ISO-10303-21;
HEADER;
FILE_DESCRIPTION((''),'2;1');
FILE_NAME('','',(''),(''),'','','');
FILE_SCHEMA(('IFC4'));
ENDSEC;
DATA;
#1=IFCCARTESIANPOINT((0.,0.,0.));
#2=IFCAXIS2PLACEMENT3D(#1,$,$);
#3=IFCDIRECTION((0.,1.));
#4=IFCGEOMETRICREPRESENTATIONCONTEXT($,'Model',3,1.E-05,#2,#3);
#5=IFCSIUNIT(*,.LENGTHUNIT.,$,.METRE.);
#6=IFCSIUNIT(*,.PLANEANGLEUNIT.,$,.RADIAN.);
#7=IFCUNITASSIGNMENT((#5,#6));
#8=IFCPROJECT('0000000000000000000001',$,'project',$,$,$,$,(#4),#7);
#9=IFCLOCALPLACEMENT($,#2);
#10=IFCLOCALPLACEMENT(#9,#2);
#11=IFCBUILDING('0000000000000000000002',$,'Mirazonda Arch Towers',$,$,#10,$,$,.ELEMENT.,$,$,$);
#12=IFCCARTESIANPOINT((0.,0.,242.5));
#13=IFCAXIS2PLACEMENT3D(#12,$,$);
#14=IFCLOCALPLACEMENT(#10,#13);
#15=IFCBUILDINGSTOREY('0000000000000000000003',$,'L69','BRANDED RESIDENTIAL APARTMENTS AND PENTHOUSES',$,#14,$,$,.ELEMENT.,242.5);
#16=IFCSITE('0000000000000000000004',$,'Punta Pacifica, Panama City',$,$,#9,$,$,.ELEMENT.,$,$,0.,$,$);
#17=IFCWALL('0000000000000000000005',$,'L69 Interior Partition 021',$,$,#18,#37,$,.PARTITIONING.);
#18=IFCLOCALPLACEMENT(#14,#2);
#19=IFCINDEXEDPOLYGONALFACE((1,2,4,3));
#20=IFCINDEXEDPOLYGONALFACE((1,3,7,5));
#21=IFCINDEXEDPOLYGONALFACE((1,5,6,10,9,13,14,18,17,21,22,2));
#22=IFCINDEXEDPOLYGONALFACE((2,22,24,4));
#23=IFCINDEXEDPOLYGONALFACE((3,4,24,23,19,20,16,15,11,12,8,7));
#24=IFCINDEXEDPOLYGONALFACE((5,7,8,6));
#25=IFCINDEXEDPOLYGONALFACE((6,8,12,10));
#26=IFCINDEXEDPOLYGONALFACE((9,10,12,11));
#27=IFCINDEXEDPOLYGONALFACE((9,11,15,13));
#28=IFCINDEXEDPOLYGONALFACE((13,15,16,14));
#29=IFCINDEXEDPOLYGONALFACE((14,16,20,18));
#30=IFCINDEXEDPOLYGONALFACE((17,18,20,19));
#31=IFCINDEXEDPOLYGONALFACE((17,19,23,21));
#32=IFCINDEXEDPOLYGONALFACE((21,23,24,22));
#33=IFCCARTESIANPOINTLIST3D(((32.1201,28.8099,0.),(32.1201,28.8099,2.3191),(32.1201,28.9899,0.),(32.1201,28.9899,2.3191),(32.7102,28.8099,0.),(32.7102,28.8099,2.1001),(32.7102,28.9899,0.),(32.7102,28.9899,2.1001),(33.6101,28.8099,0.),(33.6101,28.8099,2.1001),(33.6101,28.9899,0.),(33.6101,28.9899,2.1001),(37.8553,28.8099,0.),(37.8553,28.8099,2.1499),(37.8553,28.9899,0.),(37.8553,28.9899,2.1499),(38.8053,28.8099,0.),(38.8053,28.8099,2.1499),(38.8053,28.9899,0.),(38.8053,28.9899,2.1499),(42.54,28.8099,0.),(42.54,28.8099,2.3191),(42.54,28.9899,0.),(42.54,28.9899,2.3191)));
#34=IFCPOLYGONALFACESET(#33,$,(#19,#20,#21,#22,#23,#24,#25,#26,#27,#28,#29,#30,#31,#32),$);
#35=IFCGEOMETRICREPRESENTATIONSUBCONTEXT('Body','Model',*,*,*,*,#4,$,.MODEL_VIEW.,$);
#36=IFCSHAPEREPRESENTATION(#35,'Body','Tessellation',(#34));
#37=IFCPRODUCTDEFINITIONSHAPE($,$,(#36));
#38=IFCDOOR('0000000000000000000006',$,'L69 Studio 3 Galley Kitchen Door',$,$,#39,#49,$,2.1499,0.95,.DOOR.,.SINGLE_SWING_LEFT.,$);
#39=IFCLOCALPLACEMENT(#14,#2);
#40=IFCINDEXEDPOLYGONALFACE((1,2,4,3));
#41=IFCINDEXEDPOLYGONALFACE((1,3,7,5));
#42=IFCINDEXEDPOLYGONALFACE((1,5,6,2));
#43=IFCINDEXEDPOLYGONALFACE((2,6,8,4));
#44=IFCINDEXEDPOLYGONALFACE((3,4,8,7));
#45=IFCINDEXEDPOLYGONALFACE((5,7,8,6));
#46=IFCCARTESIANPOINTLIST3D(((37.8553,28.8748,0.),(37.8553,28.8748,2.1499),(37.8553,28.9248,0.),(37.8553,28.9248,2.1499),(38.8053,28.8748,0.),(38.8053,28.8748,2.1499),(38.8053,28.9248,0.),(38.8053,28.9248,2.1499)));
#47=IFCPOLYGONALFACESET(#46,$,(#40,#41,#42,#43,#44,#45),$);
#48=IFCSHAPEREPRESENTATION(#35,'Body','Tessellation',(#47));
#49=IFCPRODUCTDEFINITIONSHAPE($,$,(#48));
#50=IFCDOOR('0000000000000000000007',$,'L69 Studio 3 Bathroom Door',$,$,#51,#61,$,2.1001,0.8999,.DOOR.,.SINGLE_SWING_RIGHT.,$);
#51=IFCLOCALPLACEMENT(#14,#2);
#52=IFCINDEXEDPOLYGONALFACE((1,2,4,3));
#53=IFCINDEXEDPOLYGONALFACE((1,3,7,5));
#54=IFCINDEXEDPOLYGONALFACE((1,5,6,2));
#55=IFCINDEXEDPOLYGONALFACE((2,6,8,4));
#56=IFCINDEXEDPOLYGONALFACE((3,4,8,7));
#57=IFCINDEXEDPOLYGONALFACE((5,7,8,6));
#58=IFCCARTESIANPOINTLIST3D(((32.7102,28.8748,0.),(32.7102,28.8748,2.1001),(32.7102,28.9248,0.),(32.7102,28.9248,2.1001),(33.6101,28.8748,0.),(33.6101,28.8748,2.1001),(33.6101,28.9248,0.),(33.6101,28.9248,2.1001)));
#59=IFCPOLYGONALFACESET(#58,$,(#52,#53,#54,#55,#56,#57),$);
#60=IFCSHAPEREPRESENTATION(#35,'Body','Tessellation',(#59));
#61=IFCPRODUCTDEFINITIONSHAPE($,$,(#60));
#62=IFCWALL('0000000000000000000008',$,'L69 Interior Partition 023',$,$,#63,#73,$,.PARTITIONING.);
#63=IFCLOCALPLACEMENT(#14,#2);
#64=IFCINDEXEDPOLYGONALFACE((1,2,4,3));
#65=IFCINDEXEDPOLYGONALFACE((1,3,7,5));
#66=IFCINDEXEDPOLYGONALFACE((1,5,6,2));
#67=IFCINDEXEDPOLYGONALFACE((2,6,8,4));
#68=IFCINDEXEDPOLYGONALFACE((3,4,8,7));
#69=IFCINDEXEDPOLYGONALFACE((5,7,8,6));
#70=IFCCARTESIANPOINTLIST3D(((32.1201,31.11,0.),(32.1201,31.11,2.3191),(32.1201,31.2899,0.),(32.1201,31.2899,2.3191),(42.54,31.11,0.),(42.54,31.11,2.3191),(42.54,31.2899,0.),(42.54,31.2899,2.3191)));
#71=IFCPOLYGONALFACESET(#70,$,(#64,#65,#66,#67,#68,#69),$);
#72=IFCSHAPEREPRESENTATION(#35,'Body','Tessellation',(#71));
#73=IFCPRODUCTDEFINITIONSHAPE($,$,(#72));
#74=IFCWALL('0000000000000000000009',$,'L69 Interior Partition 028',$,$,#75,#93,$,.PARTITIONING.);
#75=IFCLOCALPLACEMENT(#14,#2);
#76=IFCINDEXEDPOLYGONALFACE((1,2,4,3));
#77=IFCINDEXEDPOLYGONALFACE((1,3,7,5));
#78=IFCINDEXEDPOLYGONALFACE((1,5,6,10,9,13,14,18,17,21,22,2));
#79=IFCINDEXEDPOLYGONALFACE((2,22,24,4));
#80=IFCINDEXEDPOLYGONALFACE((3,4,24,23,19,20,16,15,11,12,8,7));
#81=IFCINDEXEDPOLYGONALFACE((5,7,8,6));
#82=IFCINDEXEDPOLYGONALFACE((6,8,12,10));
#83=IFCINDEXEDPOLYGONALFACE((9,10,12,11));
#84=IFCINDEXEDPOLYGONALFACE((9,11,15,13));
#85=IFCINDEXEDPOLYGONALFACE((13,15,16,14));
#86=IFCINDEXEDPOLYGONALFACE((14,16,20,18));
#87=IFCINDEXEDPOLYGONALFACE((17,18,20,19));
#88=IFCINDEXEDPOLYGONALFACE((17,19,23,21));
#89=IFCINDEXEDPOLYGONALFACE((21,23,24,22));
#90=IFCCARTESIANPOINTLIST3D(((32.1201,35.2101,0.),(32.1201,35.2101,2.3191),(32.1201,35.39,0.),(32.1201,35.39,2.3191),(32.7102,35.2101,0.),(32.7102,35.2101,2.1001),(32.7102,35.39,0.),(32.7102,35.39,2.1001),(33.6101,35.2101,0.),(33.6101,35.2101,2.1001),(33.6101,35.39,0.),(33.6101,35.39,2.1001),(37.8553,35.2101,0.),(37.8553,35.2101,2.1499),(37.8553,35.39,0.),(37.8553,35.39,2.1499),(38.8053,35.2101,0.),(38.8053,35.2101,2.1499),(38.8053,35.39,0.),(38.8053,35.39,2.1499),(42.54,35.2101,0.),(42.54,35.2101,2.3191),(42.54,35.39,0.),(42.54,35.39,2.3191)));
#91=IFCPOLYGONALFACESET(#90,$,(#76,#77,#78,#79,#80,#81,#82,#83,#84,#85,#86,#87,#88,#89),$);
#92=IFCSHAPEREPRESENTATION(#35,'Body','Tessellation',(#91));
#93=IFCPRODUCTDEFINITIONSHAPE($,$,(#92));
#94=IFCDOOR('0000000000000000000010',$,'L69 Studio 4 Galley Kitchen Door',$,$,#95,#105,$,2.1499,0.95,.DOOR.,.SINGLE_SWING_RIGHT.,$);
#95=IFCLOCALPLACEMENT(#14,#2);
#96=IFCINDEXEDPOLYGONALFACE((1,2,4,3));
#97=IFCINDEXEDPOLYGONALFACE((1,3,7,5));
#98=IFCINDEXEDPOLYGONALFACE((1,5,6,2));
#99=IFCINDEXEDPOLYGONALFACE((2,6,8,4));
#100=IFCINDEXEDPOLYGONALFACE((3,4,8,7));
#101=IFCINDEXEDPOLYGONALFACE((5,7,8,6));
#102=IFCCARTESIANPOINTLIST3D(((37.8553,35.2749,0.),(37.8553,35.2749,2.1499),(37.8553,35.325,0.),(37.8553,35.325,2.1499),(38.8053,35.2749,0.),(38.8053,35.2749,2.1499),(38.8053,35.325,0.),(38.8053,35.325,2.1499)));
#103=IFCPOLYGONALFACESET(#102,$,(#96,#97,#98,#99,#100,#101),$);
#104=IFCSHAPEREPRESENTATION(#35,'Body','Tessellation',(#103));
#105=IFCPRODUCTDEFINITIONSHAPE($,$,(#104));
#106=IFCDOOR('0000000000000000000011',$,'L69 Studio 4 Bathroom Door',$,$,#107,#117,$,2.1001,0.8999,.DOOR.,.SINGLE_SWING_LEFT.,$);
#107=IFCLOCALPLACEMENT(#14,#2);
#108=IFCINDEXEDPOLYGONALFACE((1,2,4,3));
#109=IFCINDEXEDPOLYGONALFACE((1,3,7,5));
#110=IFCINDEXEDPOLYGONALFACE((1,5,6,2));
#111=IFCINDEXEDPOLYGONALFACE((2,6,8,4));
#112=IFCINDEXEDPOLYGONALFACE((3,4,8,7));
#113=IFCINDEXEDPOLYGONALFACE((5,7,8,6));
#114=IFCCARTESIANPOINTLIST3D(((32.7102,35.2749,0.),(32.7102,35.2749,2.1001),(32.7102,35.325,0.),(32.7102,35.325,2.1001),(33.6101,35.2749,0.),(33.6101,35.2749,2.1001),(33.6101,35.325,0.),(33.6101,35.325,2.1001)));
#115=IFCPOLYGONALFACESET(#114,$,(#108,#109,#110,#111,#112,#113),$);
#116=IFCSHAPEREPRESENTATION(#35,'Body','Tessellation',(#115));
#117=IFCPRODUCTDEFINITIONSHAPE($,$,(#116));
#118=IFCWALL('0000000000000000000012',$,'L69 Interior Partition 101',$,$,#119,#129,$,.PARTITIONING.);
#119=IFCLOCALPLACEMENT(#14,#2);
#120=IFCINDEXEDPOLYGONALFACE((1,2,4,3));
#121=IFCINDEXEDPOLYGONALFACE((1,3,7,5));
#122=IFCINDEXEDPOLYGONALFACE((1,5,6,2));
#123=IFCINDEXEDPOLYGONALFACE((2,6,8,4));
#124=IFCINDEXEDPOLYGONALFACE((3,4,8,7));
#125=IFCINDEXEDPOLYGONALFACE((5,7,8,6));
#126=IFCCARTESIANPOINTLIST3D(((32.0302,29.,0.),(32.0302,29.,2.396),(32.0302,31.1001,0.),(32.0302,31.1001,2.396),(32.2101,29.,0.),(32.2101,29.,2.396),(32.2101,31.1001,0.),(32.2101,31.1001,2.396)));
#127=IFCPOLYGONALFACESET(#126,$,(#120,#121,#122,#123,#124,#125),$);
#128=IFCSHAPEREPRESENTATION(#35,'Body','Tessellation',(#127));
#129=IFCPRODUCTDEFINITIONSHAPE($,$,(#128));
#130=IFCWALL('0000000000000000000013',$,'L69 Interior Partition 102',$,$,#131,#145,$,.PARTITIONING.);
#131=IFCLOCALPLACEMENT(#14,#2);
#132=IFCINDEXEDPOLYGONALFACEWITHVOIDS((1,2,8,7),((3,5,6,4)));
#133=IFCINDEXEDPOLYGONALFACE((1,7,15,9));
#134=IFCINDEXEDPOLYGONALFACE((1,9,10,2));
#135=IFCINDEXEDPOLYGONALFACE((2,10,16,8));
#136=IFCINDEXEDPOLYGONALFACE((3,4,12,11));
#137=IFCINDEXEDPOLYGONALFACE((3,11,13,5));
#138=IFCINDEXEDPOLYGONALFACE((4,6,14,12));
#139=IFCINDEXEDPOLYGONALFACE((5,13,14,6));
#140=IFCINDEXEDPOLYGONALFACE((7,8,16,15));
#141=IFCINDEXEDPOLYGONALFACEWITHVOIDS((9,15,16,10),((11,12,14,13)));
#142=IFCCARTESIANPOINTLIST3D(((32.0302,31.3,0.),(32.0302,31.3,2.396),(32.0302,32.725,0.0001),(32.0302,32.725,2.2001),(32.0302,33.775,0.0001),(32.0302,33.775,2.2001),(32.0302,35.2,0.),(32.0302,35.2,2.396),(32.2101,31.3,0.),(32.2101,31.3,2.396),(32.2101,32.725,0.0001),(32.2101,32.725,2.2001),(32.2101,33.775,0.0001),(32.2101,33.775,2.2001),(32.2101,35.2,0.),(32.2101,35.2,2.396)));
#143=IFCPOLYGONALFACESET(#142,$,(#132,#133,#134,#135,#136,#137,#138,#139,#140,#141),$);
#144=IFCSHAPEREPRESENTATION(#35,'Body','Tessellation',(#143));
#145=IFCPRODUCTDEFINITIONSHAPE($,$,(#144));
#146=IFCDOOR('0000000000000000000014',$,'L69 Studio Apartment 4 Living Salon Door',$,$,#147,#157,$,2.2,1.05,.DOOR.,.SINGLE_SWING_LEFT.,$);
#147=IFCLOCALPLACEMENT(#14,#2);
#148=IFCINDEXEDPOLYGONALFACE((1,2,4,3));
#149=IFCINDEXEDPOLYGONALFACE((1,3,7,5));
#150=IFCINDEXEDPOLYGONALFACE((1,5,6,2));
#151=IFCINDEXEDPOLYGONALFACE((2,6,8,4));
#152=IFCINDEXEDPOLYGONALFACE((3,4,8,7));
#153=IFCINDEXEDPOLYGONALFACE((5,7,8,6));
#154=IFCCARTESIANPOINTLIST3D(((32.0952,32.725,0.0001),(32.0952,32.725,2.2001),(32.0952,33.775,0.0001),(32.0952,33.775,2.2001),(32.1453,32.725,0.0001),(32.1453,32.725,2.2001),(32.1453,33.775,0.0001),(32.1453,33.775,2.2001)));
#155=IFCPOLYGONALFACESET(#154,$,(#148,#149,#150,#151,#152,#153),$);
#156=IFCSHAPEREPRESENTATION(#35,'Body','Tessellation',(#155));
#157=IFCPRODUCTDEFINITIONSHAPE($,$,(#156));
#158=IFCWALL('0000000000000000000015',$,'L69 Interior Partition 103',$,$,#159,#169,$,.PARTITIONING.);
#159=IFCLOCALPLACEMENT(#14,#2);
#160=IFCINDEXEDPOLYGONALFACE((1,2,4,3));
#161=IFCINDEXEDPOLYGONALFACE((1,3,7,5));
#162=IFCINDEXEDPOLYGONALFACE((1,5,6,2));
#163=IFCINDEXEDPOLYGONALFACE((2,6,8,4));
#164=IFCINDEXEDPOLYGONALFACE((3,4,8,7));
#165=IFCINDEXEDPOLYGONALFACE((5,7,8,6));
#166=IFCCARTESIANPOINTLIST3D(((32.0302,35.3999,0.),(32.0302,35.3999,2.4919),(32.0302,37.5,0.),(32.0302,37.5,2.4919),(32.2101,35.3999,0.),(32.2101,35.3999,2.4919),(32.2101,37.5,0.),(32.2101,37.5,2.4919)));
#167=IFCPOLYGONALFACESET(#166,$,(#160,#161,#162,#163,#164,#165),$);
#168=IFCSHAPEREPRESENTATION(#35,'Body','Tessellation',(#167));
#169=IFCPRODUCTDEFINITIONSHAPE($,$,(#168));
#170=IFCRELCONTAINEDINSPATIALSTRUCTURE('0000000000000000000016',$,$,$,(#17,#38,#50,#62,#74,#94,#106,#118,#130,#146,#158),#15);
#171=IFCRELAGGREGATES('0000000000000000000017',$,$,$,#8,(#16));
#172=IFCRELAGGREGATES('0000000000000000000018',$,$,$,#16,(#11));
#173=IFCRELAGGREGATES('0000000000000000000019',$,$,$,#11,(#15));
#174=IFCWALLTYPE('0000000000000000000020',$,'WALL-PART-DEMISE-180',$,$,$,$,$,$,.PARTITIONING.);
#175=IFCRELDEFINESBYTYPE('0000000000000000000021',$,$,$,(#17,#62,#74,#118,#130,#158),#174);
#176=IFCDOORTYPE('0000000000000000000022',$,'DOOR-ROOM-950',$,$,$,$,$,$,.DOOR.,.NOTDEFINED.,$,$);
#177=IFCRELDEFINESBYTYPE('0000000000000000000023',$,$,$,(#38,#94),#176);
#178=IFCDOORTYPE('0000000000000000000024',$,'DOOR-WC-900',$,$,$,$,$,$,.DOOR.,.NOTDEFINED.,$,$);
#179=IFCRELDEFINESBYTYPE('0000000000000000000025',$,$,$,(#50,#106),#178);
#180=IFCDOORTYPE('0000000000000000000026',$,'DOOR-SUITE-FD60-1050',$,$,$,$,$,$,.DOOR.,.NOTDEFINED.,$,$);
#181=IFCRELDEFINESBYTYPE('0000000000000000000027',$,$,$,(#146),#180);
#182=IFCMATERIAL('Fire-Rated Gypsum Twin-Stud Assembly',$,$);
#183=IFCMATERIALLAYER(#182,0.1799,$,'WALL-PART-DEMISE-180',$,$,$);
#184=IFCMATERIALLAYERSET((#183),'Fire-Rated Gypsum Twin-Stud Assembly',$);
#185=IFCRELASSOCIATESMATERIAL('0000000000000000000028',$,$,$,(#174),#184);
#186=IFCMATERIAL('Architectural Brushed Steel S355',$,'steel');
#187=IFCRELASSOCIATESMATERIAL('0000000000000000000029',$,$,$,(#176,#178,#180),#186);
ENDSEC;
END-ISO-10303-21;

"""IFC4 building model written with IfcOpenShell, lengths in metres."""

from ifc_helpers import new_model, si_unit, direction, frame, frame_2d, origin, place, context, subcontext, project, spatial, rectangle, extrude, material, layer, layer_set, type_object, element, fill, save


model = new_model("IFC4")

# Units and contexts
model_context = context("Model", 3, precision=1e-05, world=origin(), true_north=direction((0.0, 1.0)))
body_context = subcontext(model_context, "Body", "Model", "MODEL_VIEW")
ifc_project = project(units=[si_unit("LENGTHUNIT", "METRE"), si_unit("PLANEANGLEUNIT", "RADIAN")], contexts=[model_context])

# Site, building, storey
site_placement = place(None, origin())
site = spatial("IfcSite", under=ifc_project, at=site_placement, Name="Punta Pacifica, Panama City", CompositionType="ELEMENT", RefElevation=0.0)
building_placement = place(site_placement, origin())
building = spatial("IfcBuilding", under=site, at=building_placement, Name="Mirazonda Arch Towers", CompositionType="ELEMENT")
storey_placement = place(building_placement, frame((0.0, 0.0, 242.5)))
storey = spatial("IfcBuildingStorey", under=building, at=storey_placement, Name="L69", Description="BRANDED RESIDENTIAL APARTMENTS AND PENTHOUSES", CompositionType="ELEMENT", Elevation=242.5)

# Wall, openings, doors
ifc_material_1 = material(Name="Fire-Rated Gypsum Twin-Stud Assembly")
ifc_layer_1 = layer(ifc_material_1, 0.1799, Name="WALL-PART-DEMISE-180")
ifc_layer_set_1 = layer_set([ifc_layer_1], Name="Fire-Rated Gypsum Twin-Stud Assembly")
wall_type_1 = type_object("IfcWallType", Name="WALL-PART-DEMISE-180", PredefinedType="PARTITIONING", material=ifc_layer_set_1)
wall_1_placement = place(storey_placement, frame((32.1201, 28.8999, 0.0), z_axis=(0.0, 0.0, 1.0), x_axis=(1.0, 0.0, 0.0)))
wall_1 = element("IfcWall", 1, at=wall_1_placement, inside=storey, type_object=wall_type_1, Name="L69 Interior Partition 021", PredefinedType="PARTITIONING", context=body_context, shape_type="SweptSolid", body=[
    extrude(rectangle(XDim=10.4199, YDim=0.1799, at=frame_2d((5.21, 0.0))), origin(), (0.0, 0.0, 1.0), 2.3191),
])
opening_1_placement = place(wall_1_placement, frame((5.7351, 0.0, 0.0)))
opening_1 = element("IfcOpeningElement", 2, at=opening_1_placement, cuts=wall_1, PredefinedType="OPENING", context=body_context, shape_type="SweptSolid", body=[
    extrude(rectangle(XDim=0.95, YDim=2.1499, at=frame_2d((0.4751, 1.075))), frame((0.0, 0.0999, 0.0), z_axis=(0.0, -1.0, 0.0), x_axis=(1.0, 0.0, 0.0)), (0.0, 0.0, 1.0), 0.2),
])
opening_2_placement = place(wall_1_placement, frame((0.5901, 0.0, 0.0)))
opening_2 = element("IfcOpeningElement", 3, at=opening_2_placement, cuts=wall_1, PredefinedType="OPENING", context=body_context, shape_type="SweptSolid", body=[
    extrude(rectangle(XDim=0.8999, YDim=2.1001, at=frame_2d((0.45, 1.05))), frame((0.0, 0.0999, 0.0), z_axis=(0.0, -1.0, 0.0), x_axis=(1.0, 0.0, 0.0)), (0.0, 0.0, 1.0), 0.2),
])
ifc_material_2 = material(Name="Architectural Brushed Steel S355", Category="steel")
door_type_1 = type_object("IfcDoorType", Name="DOOR-ROOM-950", OperationType="NOTDEFINED", PredefinedType="DOOR", material=ifc_material_2)
door_1_placement = place(opening_1_placement, origin())
door_1 = element("IfcDoor", 4, at=door_1_placement, inside=storey, type_object=door_type_1, Name="L69 Studio 3 Galley Kitchen Door", OperationType="SINGLE_SWING_LEFT", OverallHeight=2.1499, OverallWidth=0.95, PredefinedType="DOOR", context=body_context, shape_type="SweptSolid", body=[
    extrude(rectangle(XDim=0.95, YDim=2.1499, at=frame_2d((0.4751, 1.075))), frame((0.0, 0.0249, 0.0), z_axis=(0.0, -1.0, 0.0), x_axis=(1.0, 0.0, 0.0)), (0.0, 0.0, 1.0), 0.05),
])
fill(opening_1, door_1)
door_type_2 = type_object("IfcDoorType", Name="DOOR-WC-900", OperationType="NOTDEFINED", PredefinedType="DOOR", material=ifc_material_2)
door_2_placement = place(opening_2_placement, origin())
door_2 = element("IfcDoor", 5, at=door_2_placement, inside=storey, type_object=door_type_2, Name="L69 Studio 3 Bathroom Door", OperationType="SINGLE_SWING_RIGHT", OverallHeight=2.1001, OverallWidth=0.8999, PredefinedType="DOOR", context=body_context, shape_type="SweptSolid", body=[
    extrude(rectangle(XDim=0.8999, YDim=2.1001, at=frame_2d((0.45, 1.05))), frame((0.0, 0.0249, 0.0), z_axis=(0.0, -1.0, 0.0), x_axis=(1.0, 0.0, 0.0)), (0.0, 0.0, 1.0), 0.05),
])
fill(opening_2, door_2)

# Wall
wall_2_placement = place(storey_placement, frame((32.1201, 31.2, 0.0), z_axis=(0.0, 0.0, 1.0), x_axis=(1.0, 0.0, 0.0)))
element("IfcWall", 6, at=wall_2_placement, inside=storey, type_object=wall_type_1, Name="L69 Interior Partition 023", PredefinedType="PARTITIONING", context=body_context, shape_type="SweptSolid", body=[
    extrude(rectangle(XDim=10.4199, YDim=0.1799, at=frame_2d((5.21, 0.0))), origin(), (0.0, 0.0, 1.0), 2.3191),
])

# Wall, openings, doors
wall_3_placement = place(storey_placement, frame((32.1201, 35.3, 0.0), z_axis=(0.0, 0.0, 1.0), x_axis=(1.0, 0.0, 0.0)))
wall_3 = element("IfcWall", 7, at=wall_3_placement, inside=storey, type_object=wall_type_1, Name="L69 Interior Partition 028", PredefinedType="PARTITIONING", context=body_context, shape_type="SweptSolid", body=[
    extrude(rectangle(XDim=10.4199, YDim=0.1799, at=frame_2d((5.21, 0.0))), origin(), (0.0, 0.0, 1.0), 2.3191),
])
opening_3_placement = place(wall_3_placement, frame((5.7351, 0.0, 0.0)))
opening_3 = element("IfcOpeningElement", 8, at=opening_3_placement, cuts=wall_3, PredefinedType="OPENING", context=body_context, shape_type="SweptSolid", body=[
    extrude(rectangle(XDim=0.95, YDim=2.1499, at=frame_2d((0.4751, 1.075))), frame((0.0, 0.0999, 0.0), z_axis=(0.0, -1.0, 0.0), x_axis=(1.0, 0.0, 0.0)), (0.0, 0.0, 1.0), 0.2),
])
opening_4_placement = place(wall_3_placement, frame((0.5901, 0.0, 0.0)))
opening_4 = element("IfcOpeningElement", 9, at=opening_4_placement, cuts=wall_3, PredefinedType="OPENING", context=body_context, shape_type="SweptSolid", body=[
    extrude(rectangle(XDim=0.8999, YDim=2.1001, at=frame_2d((0.45, 1.05))), frame((0.0, 0.0999, 0.0), z_axis=(0.0, -1.0, 0.0), x_axis=(1.0, 0.0, 0.0)), (0.0, 0.0, 1.0), 0.2),
])
door_3_placement = place(opening_3_placement, origin())
door_3 = element("IfcDoor", 10, at=door_3_placement, inside=storey, type_object=door_type_1, Name="L69 Studio 4 Galley Kitchen Door", OperationType="SINGLE_SWING_RIGHT", OverallHeight=2.1499, OverallWidth=0.95, PredefinedType="DOOR", context=body_context, shape_type="SweptSolid", body=[
    extrude(rectangle(XDim=0.95, YDim=2.1499, at=frame_2d((0.4751, 1.075))), frame((0.0, 0.0249, 0.0), z_axis=(0.0, -1.0, 0.0), x_axis=(1.0, 0.0, 0.0)), (0.0, 0.0, 1.0), 0.05),
])
fill(opening_3, door_3)
door_4_placement = place(opening_4_placement, origin())
door_4 = element("IfcDoor", 11, at=door_4_placement, inside=storey, type_object=door_type_2, Name="L69 Studio 4 Bathroom Door", OperationType="SINGLE_SWING_LEFT", OverallHeight=2.1001, OverallWidth=0.8999, PredefinedType="DOOR", context=body_context, shape_type="SweptSolid", body=[
    extrude(rectangle(XDim=0.8999, YDim=2.1001, at=frame_2d((0.45, 1.05))), frame((0.0, 0.0249, 0.0), z_axis=(0.0, -1.0, 0.0), x_axis=(1.0, 0.0, 0.0)), (0.0, 0.0, 1.0), 0.05),
])
fill(opening_4, door_4)

# Wall
wall_4_placement = place(storey_placement, frame((32.1201, 29.0, 0.0), z_axis=(0.0, 0.0, 1.0), x_axis=(0.0, 1.0, 0.0)))
element("IfcWall", 12, at=wall_4_placement, inside=storey, type_object=wall_type_1, Name="L69 Interior Partition 101", PredefinedType="PARTITIONING", context=body_context, shape_type="SweptSolid", body=[
    extrude(rectangle(XDim=2.1001, YDim=0.1799, at=frame_2d((1.05, 0.0))), origin(), (0.0, 0.0, 1.0), 2.396),
])

# Wall, opening, door
wall_5_placement = place(storey_placement, frame((32.1201, 31.3, 0.0), z_axis=(0.0, 0.0, 1.0), x_axis=(0.0, 1.0, 0.0)))
wall_5 = element("IfcWall", 13, at=wall_5_placement, inside=storey, type_object=wall_type_1, Name="L69 Interior Partition 102", PredefinedType="PARTITIONING", context=body_context, shape_type="SweptSolid", body=[
    extrude(rectangle(XDim=3.8999, YDim=0.1799, at=frame_2d((1.95, 0.0))), origin(), (0.0, 0.0, 1.0), 2.396),
])
opening_5_placement = place(wall_5_placement, frame((1.425, 0.0, 0.0)))
opening_5 = element("IfcOpeningElement", 14, at=opening_5_placement, cuts=wall_5, PredefinedType="OPENING", context=body_context, shape_type="SweptSolid", body=[
    extrude(rectangle(XDim=1.05, YDim=2.2, at=frame_2d((0.5249, 1.1001))), frame((0.0, 0.0999, 0.0), z_axis=(0.0, -1.0, 0.0), x_axis=(1.0, 0.0, 0.0)), (0.0, 0.0, 1.0), 0.2),
])
door_type_3 = type_object("IfcDoorType", Name="DOOR-SUITE-FD60-1050", OperationType="NOTDEFINED", PredefinedType="DOOR", material=ifc_material_2)
door_5_placement = place(opening_5_placement, origin())
door_5 = element("IfcDoor", 15, at=door_5_placement, inside=storey, type_object=door_type_3, Name="L69 Studio Apartment 4 Living Salon Door", OperationType="SINGLE_SWING_LEFT", OverallHeight=2.2, OverallWidth=1.05, PredefinedType="DOOR", context=body_context, shape_type="SweptSolid", body=[
    extrude(rectangle(XDim=1.05, YDim=2.2, at=frame_2d((0.5249, 1.1001))), frame((0.0, 0.0249, 0.0), z_axis=(0.0, -1.0, 0.0), x_axis=(1.0, 0.0, 0.0)), (0.0, 0.0, 1.0), 0.05),
])
fill(opening_5, door_5)

# Wall
wall_6_placement = place(storey_placement, frame((32.1201, 35.3999, 0.0), z_axis=(0.0, 0.0, 1.0), x_axis=(0.0, 1.0, 0.0)))
element("IfcWall", 16, at=wall_6_placement, inside=storey, type_object=wall_type_1, Name="L69 Interior Partition 103", PredefinedType="PARTITIONING", context=body_context, shape_type="SweptSolid", body=[
    extrude(rectangle(XDim=2.1001, YDim=0.1799, at=frame_2d((1.05, 0.0))), origin(), (0.0, 0.0, 1.0), 2.4919),
])

save(model, "model.ifc")
